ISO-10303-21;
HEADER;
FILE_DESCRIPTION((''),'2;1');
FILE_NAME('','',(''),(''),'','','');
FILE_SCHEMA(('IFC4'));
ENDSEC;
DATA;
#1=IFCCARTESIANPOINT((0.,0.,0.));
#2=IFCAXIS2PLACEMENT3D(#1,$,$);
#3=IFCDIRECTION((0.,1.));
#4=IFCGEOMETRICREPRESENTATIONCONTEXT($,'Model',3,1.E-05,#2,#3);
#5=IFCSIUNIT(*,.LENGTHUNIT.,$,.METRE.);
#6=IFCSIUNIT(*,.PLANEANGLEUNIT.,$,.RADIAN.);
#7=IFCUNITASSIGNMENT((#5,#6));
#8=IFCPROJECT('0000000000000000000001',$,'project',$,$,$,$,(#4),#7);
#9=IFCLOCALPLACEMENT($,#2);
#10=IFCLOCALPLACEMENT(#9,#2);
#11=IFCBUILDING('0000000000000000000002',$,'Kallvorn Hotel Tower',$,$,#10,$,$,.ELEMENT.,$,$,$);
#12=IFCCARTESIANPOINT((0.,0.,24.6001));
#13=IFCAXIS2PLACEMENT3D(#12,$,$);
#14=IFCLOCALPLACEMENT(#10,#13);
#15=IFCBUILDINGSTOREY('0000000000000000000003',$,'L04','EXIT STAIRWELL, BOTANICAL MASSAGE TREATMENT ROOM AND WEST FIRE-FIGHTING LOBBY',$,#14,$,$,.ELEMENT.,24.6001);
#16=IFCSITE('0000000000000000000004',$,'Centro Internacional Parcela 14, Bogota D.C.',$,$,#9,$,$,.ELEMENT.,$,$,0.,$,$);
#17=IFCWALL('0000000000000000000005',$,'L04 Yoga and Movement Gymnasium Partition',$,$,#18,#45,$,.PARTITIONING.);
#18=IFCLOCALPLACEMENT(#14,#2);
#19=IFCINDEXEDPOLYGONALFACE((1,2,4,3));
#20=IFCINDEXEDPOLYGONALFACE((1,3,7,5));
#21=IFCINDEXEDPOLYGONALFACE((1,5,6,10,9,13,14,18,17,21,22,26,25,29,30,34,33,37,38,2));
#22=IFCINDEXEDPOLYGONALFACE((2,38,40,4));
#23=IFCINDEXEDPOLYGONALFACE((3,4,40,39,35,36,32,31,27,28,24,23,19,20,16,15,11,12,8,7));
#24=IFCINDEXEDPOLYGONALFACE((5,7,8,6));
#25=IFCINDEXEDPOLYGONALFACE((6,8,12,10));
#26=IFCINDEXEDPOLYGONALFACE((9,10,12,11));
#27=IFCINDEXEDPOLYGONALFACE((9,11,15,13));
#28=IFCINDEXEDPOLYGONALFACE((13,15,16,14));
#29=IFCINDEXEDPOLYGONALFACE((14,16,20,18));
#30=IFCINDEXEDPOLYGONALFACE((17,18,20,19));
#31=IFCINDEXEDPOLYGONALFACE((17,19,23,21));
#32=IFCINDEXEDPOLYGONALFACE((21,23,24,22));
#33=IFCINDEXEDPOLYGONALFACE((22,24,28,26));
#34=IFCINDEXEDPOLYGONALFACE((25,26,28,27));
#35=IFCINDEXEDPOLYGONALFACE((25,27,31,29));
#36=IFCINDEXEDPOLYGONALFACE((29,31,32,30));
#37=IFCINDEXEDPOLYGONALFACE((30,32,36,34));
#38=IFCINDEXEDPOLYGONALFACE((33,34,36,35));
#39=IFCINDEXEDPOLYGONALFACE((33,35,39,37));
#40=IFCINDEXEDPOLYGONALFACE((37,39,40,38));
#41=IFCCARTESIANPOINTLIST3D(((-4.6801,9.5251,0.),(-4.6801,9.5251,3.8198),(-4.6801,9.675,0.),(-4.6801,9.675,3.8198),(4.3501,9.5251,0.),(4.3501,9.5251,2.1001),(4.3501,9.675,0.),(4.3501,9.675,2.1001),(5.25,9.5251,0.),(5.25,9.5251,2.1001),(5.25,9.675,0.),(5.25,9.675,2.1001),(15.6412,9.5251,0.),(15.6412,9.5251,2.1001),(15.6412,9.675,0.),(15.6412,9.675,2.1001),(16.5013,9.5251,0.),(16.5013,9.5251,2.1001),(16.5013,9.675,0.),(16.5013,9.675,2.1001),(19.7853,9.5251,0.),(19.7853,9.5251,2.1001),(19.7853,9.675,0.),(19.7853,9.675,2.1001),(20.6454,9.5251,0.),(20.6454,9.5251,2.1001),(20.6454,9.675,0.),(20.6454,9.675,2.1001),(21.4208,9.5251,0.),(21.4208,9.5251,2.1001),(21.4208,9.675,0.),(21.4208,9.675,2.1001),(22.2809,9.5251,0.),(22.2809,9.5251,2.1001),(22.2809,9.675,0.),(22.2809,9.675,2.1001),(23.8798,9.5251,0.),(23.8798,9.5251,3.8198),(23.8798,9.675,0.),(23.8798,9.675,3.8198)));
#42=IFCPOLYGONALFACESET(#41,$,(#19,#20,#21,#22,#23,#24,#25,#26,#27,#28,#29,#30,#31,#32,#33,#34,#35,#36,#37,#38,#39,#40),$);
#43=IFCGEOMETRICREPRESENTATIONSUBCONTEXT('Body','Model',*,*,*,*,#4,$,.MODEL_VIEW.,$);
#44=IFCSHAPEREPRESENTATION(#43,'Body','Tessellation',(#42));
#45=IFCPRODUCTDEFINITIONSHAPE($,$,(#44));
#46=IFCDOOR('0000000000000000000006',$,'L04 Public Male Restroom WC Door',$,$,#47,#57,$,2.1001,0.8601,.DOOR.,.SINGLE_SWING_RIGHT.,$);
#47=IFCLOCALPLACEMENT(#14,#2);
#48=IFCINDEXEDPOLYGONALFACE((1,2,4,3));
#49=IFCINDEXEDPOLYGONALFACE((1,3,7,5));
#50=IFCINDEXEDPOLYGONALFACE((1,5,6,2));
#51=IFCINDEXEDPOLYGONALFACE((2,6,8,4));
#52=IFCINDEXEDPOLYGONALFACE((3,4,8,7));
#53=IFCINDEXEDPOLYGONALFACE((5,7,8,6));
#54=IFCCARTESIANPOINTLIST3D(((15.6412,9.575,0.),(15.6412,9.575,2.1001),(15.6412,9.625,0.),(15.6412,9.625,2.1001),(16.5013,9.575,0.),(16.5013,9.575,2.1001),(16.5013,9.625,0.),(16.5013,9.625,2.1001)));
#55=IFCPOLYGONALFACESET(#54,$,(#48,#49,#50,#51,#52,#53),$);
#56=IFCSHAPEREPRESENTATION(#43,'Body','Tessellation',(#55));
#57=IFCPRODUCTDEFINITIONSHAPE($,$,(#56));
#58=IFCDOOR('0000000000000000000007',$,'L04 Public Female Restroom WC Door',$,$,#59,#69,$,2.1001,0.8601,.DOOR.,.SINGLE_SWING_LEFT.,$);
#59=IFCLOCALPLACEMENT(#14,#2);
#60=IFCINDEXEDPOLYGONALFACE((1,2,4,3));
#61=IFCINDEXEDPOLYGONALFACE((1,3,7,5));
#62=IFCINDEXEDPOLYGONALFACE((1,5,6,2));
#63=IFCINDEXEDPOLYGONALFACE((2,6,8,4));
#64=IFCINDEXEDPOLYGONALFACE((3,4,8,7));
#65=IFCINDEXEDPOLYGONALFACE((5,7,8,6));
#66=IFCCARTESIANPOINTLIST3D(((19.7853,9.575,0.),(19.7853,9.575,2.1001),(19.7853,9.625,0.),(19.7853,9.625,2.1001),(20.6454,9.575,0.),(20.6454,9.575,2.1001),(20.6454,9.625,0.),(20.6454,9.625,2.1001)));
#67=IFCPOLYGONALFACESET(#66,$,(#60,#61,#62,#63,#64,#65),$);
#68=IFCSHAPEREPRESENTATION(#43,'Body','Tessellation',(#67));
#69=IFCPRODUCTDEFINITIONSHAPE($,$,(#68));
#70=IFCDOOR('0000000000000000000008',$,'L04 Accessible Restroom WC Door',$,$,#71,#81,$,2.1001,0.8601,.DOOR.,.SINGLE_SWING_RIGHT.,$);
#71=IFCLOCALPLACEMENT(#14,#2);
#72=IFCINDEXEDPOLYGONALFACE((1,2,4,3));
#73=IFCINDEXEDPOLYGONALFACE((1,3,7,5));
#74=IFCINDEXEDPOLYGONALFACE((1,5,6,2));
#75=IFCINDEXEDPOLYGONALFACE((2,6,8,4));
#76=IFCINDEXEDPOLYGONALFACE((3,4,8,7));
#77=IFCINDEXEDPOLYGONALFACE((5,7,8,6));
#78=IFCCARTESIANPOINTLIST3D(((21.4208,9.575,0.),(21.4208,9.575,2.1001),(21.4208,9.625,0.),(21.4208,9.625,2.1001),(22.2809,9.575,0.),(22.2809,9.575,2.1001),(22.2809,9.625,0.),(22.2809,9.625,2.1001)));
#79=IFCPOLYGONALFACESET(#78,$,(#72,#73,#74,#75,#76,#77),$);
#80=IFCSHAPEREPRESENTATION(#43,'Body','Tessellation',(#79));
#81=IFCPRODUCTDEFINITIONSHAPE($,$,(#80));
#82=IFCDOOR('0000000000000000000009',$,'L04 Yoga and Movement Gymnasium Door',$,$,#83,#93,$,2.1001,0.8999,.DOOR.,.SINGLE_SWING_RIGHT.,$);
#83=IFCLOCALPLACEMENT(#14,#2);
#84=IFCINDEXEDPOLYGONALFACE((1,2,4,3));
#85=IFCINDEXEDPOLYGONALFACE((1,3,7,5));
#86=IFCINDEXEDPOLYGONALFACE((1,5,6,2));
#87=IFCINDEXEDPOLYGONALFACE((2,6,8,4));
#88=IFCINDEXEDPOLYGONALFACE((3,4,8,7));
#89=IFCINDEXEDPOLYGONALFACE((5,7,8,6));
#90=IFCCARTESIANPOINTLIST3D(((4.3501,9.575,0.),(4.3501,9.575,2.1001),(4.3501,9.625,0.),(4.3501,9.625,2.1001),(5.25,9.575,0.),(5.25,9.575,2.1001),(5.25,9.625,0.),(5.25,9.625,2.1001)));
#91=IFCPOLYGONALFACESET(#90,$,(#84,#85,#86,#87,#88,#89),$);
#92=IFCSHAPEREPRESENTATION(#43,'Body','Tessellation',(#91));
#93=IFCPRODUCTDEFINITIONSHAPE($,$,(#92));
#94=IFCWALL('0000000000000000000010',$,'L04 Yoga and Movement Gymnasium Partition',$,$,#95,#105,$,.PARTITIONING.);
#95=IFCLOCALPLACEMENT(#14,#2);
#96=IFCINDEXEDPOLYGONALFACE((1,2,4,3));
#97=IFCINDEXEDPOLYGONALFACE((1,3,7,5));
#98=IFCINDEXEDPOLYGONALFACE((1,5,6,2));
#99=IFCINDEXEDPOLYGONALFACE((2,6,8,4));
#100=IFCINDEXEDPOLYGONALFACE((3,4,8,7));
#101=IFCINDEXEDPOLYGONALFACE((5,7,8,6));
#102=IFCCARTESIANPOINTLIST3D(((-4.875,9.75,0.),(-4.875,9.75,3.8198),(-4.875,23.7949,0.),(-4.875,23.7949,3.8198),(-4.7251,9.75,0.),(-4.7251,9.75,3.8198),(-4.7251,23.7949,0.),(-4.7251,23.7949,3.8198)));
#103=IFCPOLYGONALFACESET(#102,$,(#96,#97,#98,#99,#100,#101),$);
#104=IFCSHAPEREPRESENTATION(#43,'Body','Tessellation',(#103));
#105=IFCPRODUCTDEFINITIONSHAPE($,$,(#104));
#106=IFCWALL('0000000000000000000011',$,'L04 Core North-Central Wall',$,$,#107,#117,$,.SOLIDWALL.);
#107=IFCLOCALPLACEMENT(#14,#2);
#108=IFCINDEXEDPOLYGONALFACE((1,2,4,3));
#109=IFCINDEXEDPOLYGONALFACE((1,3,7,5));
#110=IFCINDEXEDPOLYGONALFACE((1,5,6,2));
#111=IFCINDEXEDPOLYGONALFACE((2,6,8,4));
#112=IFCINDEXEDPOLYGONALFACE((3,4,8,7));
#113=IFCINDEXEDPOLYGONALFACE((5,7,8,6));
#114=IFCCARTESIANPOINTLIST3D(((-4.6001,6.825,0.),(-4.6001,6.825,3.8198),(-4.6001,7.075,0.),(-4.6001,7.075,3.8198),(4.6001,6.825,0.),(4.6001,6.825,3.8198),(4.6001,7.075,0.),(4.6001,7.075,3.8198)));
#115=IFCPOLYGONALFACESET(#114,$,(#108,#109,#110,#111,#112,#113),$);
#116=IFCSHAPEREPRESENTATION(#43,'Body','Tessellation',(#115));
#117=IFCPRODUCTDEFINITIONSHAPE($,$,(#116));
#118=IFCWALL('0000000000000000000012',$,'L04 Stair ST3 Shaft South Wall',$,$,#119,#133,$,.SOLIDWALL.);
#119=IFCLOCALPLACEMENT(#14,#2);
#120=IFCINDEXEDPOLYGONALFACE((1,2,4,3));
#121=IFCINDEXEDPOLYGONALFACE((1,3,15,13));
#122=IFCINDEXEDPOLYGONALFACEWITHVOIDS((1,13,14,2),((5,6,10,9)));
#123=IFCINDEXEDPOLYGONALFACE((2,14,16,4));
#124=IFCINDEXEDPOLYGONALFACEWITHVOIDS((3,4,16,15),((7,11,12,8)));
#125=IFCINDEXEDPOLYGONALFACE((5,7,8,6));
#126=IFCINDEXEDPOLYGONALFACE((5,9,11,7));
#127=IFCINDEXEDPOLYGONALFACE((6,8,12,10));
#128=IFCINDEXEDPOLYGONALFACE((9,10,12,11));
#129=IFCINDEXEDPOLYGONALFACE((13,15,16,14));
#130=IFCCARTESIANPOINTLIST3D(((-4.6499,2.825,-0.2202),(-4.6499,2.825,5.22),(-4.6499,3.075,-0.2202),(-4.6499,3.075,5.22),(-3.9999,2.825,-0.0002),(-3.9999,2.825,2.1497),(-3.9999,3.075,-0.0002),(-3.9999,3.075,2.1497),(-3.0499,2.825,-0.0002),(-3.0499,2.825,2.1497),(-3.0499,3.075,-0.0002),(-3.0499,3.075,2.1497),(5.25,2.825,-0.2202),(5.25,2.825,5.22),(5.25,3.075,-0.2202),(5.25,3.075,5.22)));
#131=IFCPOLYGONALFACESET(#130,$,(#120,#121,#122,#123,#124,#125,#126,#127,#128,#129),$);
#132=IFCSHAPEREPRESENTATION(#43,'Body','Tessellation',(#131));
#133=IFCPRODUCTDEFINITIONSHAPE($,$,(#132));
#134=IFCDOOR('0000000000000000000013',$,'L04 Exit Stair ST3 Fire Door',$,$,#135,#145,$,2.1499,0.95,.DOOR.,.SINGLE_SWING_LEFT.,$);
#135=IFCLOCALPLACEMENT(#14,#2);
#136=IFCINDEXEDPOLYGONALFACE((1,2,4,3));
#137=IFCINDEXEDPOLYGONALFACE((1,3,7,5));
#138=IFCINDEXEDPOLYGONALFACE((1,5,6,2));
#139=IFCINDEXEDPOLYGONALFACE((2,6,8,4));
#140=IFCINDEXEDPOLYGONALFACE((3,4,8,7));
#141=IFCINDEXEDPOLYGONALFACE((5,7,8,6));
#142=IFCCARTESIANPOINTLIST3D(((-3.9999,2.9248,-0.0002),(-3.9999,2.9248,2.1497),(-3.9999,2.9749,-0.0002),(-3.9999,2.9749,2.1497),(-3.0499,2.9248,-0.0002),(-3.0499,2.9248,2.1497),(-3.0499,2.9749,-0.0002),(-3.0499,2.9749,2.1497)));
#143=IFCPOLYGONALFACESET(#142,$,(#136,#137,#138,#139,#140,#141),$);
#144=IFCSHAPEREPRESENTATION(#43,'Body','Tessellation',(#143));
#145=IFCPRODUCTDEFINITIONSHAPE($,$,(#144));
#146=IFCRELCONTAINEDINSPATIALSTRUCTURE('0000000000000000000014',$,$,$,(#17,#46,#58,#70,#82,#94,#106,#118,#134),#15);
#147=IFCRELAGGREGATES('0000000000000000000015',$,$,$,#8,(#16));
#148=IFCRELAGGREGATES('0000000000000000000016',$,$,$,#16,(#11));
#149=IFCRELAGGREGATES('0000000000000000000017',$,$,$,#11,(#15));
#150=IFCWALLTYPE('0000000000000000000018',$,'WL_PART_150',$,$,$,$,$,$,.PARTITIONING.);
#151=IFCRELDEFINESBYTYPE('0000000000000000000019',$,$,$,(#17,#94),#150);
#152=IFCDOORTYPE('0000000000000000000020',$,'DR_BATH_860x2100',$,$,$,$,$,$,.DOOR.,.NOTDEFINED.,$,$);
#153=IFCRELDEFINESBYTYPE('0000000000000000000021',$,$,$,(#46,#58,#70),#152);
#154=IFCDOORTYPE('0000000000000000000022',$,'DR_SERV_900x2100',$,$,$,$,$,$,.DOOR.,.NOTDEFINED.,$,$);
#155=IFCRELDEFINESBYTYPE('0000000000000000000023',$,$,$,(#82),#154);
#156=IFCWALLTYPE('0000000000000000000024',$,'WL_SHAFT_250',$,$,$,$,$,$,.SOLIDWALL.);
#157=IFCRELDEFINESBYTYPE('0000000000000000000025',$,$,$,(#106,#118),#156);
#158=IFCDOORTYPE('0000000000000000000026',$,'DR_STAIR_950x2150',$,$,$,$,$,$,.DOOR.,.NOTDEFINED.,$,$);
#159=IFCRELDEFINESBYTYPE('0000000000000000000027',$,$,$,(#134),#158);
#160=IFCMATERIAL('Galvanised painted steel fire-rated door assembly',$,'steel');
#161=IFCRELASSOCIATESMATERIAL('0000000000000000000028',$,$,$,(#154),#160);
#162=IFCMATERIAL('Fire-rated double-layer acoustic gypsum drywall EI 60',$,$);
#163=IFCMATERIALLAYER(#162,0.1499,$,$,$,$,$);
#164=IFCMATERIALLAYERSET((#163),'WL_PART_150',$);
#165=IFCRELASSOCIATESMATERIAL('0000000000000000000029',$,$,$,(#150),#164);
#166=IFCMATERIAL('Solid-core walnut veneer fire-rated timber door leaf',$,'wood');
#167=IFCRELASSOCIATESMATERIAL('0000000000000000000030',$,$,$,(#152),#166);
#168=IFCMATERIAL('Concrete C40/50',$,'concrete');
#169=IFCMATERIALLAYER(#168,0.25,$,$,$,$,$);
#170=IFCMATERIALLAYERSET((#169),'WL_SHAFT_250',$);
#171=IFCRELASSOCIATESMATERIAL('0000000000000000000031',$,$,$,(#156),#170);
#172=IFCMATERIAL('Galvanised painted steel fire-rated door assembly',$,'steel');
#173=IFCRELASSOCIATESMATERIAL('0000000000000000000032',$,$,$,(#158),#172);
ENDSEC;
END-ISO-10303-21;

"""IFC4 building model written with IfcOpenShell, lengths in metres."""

from ifc_helpers import new_model, si_unit, direction, frame, frame_2d, origin, place, context, subcontext, project, spatial, rectangle, extrude, material, layer, layer_set, type_object, element, fill, save


model = new_model("IFC4")

# Units and contexts
model_context = context("Model", 3, precision=1e-05, world=origin(), true_north=direction((0.0, 1.0)))
body_context = subcontext(model_context, "Body", "Model", "MODEL_VIEW")
ifc_project = project(units=[si_unit("LENGTHUNIT", "METRE"), si_unit("PLANEANGLEUNIT", "RADIAN")], contexts=[model_context])

# Site, building, storey
site_placement = place(None, origin())
site = spatial("IfcSite", under=ifc_project, at=site_placement, Name="Centro Internacional Parcela 14, Bogota D.C.", CompositionType="ELEMENT", RefElevation=0.0)
building_placement = place(site_placement, origin())
building = spatial("IfcBuilding", under=site, at=building_placement, Name="Kallvorn Hotel Tower", CompositionType="ELEMENT")
storey_placement = place(building_placement, frame((0.0, 0.0, 24.6001)))
storey = spatial("IfcBuildingStorey", under=building, at=storey_placement, Name="L04", Description="EXIT STAIRWELL, BOTANICAL MASSAGE TREATMENT ROOM AND WEST FIRE-FIGHTING LOBBY", CompositionType="ELEMENT", Elevation=24.6001)

# Wall, openings, doors
ifc_material_1 = material(Name="Galvanised painted steel fire-rated door assembly", Category="steel")
door_type_1 = type_object("IfcDoorType", Name="DR_SERV_900x2100", OperationType="NOTDEFINED", PredefinedType="DOOR", material=ifc_material_1)
ifc_material_2 = material(Name="Fire-rated double-layer acoustic gypsum drywall EI 60")
ifc_layer_1 = layer(ifc_material_2, 0.1499)
ifc_layer_set_1 = layer_set([ifc_layer_1], Name="WL_PART_150")
wall_type_1 = type_object("IfcWallType", Name="WL_PART_150", PredefinedType="PARTITIONING", material=ifc_layer_set_1)
wall_1_placement = place(storey_placement, frame((-4.6799, 9.6001, 0.0), z_axis=(0.0, 0.0, 1.0), x_axis=(1.0, 0.0, 0.0)))
wall_1 = element("IfcWall", 1, at=wall_1_placement, inside=storey, type_object=wall_type_1, Name="L04 Yoga and Movement Gymnasium Partition", PredefinedType="PARTITIONING", context=body_context, shape_type="SweptSolid", body=[
    extrude(rectangle(XDim=28.5598, YDim=0.1499, at=frame_2d((14.2798, 0.0))), origin(), (0.0, 0.0, 1.0), 3.8198),
])
opening_1_placement = place(wall_1_placement, frame((9.03, 0.0, 0.0)))
opening_1 = element("IfcOpeningElement", 2, at=opening_1_placement, cuts=wall_1, PredefinedType="OPENING", context=body_context, shape_type="SweptSolid", body=[
    extrude(rectangle(XDim=0.8999, YDim=2.1001, at=frame_2d((0.45, 1.05))), frame((0.0, 0.0898, 0.0), z_axis=(0.0, -1.0, 0.0), x_axis=(1.0, 0.0, 0.0)), (0.0, 0.0, 1.0), 0.1799),
])
opening_2_placement = place(wall_1_placement, frame((20.321, 0.0, 0.0)))
opening_2 = element("IfcOpeningElement", 3, at=opening_2_placement, cuts=wall_1, PredefinedType="OPENING", context=body_context, shape_type="SweptSolid", body=[
    extrude(rectangle(XDim=0.8601, YDim=2.1001, at=frame_2d((0.4302, 1.05))), frame((0.0, 0.0898, 0.0), z_axis=(0.0, -1.0, 0.0), x_axis=(1.0, 0.0, 0.0)), (0.0, 0.0, 1.0), 0.1799),
])
opening_3_placement = place(wall_1_placement, frame((24.4651, 0.0, 0.0)))
opening_3 = element("IfcOpeningElement", 4, at=opening_3_placement, cuts=wall_1, PredefinedType="OPENING", context=body_context, shape_type="SweptSolid", body=[
    extrude(rectangle(XDim=0.8601, YDim=2.1001, at=frame_2d((0.4302, 1.05))), frame((0.0, 0.0898, 0.0), z_axis=(0.0, -1.0, 0.0), x_axis=(1.0, 0.0, 0.0)), (0.0, 0.0, 1.0), 0.1799),
])
opening_4_placement = place(wall_1_placement, frame((26.1006, 0.0, 0.0)))
opening_4 = element("IfcOpeningElement", 5, at=opening_4_placement, cuts=wall_1, PredefinedType="OPENING", context=body_context, shape_type="SweptSolid", body=[
    extrude(rectangle(XDim=0.8601, YDim=2.1001, at=frame_2d((0.4302, 1.05))), frame((0.0, 0.0898, 0.0), z_axis=(0.0, -1.0, 0.0), x_axis=(1.0, 0.0, 0.0)), (0.0, 0.0, 1.0), 0.1799),
])
ifc_material_3 = material(Name="Solid-core walnut veneer fire-rated timber door leaf", Category="wood")
door_type_2 = type_object("IfcDoorType", Name="DR_BATH_860x2100", OperationType="NOTDEFINED", PredefinedType="DOOR", material=ifc_material_3)
door_1_placement = place(opening_2_placement, origin())
door_1 = element("IfcDoor", 6, at=door_1_placement, inside=storey, type_object=door_type_2, Name="L04 Public Male Restroom WC Door", OperationType="SINGLE_SWING_RIGHT", OverallHeight=2.1001, OverallWidth=0.8601, PredefinedType="DOOR", context=body_context, shape_type="SweptSolid", body=[
    extrude(rectangle(XDim=0.8601, YDim=2.1001, at=frame_2d((0.4302, 1.05))), frame((0.0, 0.0249, 0.0), z_axis=(0.0, -1.0, 0.0), x_axis=(1.0, 0.0, 0.0)), (0.0, 0.0, 1.0), 0.05),
])
fill(opening_2, door_1)
door_2_placement = place(opening_3_placement, origin())
door_2 = element("IfcDoor", 7, at=door_2_placement, inside=storey, type_object=door_type_2, Name="L04 Public Female Restroom WC Door", OperationType="SINGLE_SWING_LEFT", OverallHeight=2.1001, OverallWidth=0.8601, PredefinedType="DOOR", context=body_context, shape_type="SweptSolid", body=[
    extrude(rectangle(XDim=0.8601, YDim=2.1001, at=frame_2d((0.4302, 1.05))), frame((0.0, 0.0249, 0.0), z_axis=(0.0, -1.0, 0.0), x_axis=(1.0, 0.0, 0.0)), (0.0, 0.0, 1.0), 0.05),
])
fill(opening_3, door_2)
door_3_placement = place(opening_4_placement, origin())
door_3 = element("IfcDoor", 8, at=door_3_placement, inside=storey, type_object=door_type_2, Name="L04 Accessible Restroom WC Door", OperationType="SINGLE_SWING_RIGHT", OverallHeight=2.1001, OverallWidth=0.8601, PredefinedType="DOOR", context=body_context, shape_type="SweptSolid", body=[
    extrude(rectangle(XDim=0.8601, YDim=2.1001, at=frame_2d((0.4302, 1.05))), frame((0.0, 0.0249, 0.0), z_axis=(0.0, -1.0, 0.0), x_axis=(1.0, 0.0, 0.0)), (0.0, 0.0, 1.0), 0.05),
])
fill(opening_4, door_3)
door_4_placement = place(opening_1_placement, origin())
door_4 = element("IfcDoor", 9, at=door_4_placement, inside=storey, type_object=door_type_1, Name="L04 Yoga and Movement Gymnasium Door", OperationType="SINGLE_SWING_RIGHT", OverallHeight=2.1001, OverallWidth=0.8999, PredefinedType="DOOR", context=body_context, shape_type="SweptSolid", body=[
    extrude(rectangle(XDim=0.8999, YDim=2.1001, at=frame_2d((0.45, 1.05))), frame((0.0, 0.0249, 0.0), z_axis=(0.0, -1.0, 0.0), x_axis=(1.0, 0.0, 0.0)), (0.0, 0.0, 1.0), 0.05),
])
fill(opening_1, door_4)

# Walls
wall_2_placement = place(storey_placement, frame((-4.8, 9.75, 0.0), z_axis=(0.0, 0.0, 1.0), x_axis=(0.0, 1.0, 0.0)))
element("IfcWall", 10, at=wall_2_placement, inside=storey, type_object=wall_type_1, Name="L04 Yoga and Movement Gymnasium Partition", PredefinedType="PARTITIONING", context=body_context, shape_type="SweptSolid", body=[
    extrude(rectangle(XDim=14.0449, YDim=0.1499, at=frame_2d((7.0225, 0.0))), origin(), (0.0, 0.0, 1.0), 3.8198),
])
ifc_material_4 = material(Name="Concrete C40/50", Category="concrete")
ifc_layer_2 = layer(ifc_material_4, 0.25)
ifc_layer_set_2 = layer_set([ifc_layer_2], Name="WL_SHAFT_250")
wall_type_2 = type_object("IfcWallType", Name="WL_SHAFT_250", PredefinedType="SOLIDWALL", material=ifc_layer_set_2)
wall_3_placement = place(storey_placement, frame((-4.6001, 6.95, 0.0), z_axis=(0.0, 0.0, 1.0), x_axis=(1.0, 0.0, 0.0)))
element("IfcWall", 11, at=wall_3_placement, inside=storey, type_object=wall_type_2, Name="L04 Core North-Central Wall", PredefinedType="SOLIDWALL", context=body_context, shape_type="SweptSolid", body=[
    extrude(rectangle(XDim=9.2002, YDim=0.25, at=frame_2d((4.6001, 0.0))), origin(), (0.0, 0.0, 1.0), 3.8198),
])

# Wall, opening, door
wall_4_placement = place(storey_placement, frame((-4.6499, 2.95, -0.2202), z_axis=(0.0, 0.0, 1.0), x_axis=(1.0, 0.0, 0.0)))
wall_4 = element("IfcWall", 12, at=wall_4_placement, inside=storey, type_object=wall_type_2, Name="L04 Stair ST3 Shaft South Wall", PredefinedType="SOLIDWALL", context=body_context, shape_type="SweptSolid", body=[
    extrude(rectangle(XDim=9.8999, YDim=0.25, at=frame_2d((4.95, 0.0))), origin(), (0.0, 0.0, 1.0), 5.4402),
])
opening_5_placement = place(wall_4_placement, frame((0.6499, 0.0, 0.22)))
opening_5 = element("IfcOpeningElement", 13, at=opening_5_placement, cuts=wall_4, PredefinedType="OPENING", context=body_context, shape_type="SweptSolid", body=[
    extrude(rectangle(XDim=0.95, YDim=2.1499, at=frame_2d((0.4751, 1.075))), frame((0.0, 0.1399, 0.0), z_axis=(0.0, -1.0, 0.0), x_axis=(1.0, 0.0, 0.0)), (0.0, 0.0, 1.0), 0.28),
])
ifc_material_5 = material(Name="Galvanised painted steel fire-rated door assembly", Category="steel")
door_type_3 = type_object("IfcDoorType", Name="DR_STAIR_950x2150", OperationType="NOTDEFINED", PredefinedType="DOOR", material=ifc_material_5)
door_5_placement = place(opening_5_placement, origin())
door_5 = element("IfcDoor", 14, at=door_5_placement, inside=storey, type_object=door_type_3, Name="L04 Exit Stair ST3 Fire Door", OperationType="SINGLE_SWING_LEFT", OverallHeight=2.1499, OverallWidth=0.95, PredefinedType="DOOR", context=body_context, shape_type="SweptSolid", body=[
    extrude(rectangle(XDim=0.95, YDim=2.1499, at=frame_2d((0.4751, 1.075))), frame((0.0, 0.0249, 0.0), z_axis=(0.0, -1.0, 0.0), x_axis=(1.0, 0.0, 0.0)), (0.0, 0.0, 1.0), 0.05),
])
fill(opening_5, door_5)

save(model, "model.ifc")
